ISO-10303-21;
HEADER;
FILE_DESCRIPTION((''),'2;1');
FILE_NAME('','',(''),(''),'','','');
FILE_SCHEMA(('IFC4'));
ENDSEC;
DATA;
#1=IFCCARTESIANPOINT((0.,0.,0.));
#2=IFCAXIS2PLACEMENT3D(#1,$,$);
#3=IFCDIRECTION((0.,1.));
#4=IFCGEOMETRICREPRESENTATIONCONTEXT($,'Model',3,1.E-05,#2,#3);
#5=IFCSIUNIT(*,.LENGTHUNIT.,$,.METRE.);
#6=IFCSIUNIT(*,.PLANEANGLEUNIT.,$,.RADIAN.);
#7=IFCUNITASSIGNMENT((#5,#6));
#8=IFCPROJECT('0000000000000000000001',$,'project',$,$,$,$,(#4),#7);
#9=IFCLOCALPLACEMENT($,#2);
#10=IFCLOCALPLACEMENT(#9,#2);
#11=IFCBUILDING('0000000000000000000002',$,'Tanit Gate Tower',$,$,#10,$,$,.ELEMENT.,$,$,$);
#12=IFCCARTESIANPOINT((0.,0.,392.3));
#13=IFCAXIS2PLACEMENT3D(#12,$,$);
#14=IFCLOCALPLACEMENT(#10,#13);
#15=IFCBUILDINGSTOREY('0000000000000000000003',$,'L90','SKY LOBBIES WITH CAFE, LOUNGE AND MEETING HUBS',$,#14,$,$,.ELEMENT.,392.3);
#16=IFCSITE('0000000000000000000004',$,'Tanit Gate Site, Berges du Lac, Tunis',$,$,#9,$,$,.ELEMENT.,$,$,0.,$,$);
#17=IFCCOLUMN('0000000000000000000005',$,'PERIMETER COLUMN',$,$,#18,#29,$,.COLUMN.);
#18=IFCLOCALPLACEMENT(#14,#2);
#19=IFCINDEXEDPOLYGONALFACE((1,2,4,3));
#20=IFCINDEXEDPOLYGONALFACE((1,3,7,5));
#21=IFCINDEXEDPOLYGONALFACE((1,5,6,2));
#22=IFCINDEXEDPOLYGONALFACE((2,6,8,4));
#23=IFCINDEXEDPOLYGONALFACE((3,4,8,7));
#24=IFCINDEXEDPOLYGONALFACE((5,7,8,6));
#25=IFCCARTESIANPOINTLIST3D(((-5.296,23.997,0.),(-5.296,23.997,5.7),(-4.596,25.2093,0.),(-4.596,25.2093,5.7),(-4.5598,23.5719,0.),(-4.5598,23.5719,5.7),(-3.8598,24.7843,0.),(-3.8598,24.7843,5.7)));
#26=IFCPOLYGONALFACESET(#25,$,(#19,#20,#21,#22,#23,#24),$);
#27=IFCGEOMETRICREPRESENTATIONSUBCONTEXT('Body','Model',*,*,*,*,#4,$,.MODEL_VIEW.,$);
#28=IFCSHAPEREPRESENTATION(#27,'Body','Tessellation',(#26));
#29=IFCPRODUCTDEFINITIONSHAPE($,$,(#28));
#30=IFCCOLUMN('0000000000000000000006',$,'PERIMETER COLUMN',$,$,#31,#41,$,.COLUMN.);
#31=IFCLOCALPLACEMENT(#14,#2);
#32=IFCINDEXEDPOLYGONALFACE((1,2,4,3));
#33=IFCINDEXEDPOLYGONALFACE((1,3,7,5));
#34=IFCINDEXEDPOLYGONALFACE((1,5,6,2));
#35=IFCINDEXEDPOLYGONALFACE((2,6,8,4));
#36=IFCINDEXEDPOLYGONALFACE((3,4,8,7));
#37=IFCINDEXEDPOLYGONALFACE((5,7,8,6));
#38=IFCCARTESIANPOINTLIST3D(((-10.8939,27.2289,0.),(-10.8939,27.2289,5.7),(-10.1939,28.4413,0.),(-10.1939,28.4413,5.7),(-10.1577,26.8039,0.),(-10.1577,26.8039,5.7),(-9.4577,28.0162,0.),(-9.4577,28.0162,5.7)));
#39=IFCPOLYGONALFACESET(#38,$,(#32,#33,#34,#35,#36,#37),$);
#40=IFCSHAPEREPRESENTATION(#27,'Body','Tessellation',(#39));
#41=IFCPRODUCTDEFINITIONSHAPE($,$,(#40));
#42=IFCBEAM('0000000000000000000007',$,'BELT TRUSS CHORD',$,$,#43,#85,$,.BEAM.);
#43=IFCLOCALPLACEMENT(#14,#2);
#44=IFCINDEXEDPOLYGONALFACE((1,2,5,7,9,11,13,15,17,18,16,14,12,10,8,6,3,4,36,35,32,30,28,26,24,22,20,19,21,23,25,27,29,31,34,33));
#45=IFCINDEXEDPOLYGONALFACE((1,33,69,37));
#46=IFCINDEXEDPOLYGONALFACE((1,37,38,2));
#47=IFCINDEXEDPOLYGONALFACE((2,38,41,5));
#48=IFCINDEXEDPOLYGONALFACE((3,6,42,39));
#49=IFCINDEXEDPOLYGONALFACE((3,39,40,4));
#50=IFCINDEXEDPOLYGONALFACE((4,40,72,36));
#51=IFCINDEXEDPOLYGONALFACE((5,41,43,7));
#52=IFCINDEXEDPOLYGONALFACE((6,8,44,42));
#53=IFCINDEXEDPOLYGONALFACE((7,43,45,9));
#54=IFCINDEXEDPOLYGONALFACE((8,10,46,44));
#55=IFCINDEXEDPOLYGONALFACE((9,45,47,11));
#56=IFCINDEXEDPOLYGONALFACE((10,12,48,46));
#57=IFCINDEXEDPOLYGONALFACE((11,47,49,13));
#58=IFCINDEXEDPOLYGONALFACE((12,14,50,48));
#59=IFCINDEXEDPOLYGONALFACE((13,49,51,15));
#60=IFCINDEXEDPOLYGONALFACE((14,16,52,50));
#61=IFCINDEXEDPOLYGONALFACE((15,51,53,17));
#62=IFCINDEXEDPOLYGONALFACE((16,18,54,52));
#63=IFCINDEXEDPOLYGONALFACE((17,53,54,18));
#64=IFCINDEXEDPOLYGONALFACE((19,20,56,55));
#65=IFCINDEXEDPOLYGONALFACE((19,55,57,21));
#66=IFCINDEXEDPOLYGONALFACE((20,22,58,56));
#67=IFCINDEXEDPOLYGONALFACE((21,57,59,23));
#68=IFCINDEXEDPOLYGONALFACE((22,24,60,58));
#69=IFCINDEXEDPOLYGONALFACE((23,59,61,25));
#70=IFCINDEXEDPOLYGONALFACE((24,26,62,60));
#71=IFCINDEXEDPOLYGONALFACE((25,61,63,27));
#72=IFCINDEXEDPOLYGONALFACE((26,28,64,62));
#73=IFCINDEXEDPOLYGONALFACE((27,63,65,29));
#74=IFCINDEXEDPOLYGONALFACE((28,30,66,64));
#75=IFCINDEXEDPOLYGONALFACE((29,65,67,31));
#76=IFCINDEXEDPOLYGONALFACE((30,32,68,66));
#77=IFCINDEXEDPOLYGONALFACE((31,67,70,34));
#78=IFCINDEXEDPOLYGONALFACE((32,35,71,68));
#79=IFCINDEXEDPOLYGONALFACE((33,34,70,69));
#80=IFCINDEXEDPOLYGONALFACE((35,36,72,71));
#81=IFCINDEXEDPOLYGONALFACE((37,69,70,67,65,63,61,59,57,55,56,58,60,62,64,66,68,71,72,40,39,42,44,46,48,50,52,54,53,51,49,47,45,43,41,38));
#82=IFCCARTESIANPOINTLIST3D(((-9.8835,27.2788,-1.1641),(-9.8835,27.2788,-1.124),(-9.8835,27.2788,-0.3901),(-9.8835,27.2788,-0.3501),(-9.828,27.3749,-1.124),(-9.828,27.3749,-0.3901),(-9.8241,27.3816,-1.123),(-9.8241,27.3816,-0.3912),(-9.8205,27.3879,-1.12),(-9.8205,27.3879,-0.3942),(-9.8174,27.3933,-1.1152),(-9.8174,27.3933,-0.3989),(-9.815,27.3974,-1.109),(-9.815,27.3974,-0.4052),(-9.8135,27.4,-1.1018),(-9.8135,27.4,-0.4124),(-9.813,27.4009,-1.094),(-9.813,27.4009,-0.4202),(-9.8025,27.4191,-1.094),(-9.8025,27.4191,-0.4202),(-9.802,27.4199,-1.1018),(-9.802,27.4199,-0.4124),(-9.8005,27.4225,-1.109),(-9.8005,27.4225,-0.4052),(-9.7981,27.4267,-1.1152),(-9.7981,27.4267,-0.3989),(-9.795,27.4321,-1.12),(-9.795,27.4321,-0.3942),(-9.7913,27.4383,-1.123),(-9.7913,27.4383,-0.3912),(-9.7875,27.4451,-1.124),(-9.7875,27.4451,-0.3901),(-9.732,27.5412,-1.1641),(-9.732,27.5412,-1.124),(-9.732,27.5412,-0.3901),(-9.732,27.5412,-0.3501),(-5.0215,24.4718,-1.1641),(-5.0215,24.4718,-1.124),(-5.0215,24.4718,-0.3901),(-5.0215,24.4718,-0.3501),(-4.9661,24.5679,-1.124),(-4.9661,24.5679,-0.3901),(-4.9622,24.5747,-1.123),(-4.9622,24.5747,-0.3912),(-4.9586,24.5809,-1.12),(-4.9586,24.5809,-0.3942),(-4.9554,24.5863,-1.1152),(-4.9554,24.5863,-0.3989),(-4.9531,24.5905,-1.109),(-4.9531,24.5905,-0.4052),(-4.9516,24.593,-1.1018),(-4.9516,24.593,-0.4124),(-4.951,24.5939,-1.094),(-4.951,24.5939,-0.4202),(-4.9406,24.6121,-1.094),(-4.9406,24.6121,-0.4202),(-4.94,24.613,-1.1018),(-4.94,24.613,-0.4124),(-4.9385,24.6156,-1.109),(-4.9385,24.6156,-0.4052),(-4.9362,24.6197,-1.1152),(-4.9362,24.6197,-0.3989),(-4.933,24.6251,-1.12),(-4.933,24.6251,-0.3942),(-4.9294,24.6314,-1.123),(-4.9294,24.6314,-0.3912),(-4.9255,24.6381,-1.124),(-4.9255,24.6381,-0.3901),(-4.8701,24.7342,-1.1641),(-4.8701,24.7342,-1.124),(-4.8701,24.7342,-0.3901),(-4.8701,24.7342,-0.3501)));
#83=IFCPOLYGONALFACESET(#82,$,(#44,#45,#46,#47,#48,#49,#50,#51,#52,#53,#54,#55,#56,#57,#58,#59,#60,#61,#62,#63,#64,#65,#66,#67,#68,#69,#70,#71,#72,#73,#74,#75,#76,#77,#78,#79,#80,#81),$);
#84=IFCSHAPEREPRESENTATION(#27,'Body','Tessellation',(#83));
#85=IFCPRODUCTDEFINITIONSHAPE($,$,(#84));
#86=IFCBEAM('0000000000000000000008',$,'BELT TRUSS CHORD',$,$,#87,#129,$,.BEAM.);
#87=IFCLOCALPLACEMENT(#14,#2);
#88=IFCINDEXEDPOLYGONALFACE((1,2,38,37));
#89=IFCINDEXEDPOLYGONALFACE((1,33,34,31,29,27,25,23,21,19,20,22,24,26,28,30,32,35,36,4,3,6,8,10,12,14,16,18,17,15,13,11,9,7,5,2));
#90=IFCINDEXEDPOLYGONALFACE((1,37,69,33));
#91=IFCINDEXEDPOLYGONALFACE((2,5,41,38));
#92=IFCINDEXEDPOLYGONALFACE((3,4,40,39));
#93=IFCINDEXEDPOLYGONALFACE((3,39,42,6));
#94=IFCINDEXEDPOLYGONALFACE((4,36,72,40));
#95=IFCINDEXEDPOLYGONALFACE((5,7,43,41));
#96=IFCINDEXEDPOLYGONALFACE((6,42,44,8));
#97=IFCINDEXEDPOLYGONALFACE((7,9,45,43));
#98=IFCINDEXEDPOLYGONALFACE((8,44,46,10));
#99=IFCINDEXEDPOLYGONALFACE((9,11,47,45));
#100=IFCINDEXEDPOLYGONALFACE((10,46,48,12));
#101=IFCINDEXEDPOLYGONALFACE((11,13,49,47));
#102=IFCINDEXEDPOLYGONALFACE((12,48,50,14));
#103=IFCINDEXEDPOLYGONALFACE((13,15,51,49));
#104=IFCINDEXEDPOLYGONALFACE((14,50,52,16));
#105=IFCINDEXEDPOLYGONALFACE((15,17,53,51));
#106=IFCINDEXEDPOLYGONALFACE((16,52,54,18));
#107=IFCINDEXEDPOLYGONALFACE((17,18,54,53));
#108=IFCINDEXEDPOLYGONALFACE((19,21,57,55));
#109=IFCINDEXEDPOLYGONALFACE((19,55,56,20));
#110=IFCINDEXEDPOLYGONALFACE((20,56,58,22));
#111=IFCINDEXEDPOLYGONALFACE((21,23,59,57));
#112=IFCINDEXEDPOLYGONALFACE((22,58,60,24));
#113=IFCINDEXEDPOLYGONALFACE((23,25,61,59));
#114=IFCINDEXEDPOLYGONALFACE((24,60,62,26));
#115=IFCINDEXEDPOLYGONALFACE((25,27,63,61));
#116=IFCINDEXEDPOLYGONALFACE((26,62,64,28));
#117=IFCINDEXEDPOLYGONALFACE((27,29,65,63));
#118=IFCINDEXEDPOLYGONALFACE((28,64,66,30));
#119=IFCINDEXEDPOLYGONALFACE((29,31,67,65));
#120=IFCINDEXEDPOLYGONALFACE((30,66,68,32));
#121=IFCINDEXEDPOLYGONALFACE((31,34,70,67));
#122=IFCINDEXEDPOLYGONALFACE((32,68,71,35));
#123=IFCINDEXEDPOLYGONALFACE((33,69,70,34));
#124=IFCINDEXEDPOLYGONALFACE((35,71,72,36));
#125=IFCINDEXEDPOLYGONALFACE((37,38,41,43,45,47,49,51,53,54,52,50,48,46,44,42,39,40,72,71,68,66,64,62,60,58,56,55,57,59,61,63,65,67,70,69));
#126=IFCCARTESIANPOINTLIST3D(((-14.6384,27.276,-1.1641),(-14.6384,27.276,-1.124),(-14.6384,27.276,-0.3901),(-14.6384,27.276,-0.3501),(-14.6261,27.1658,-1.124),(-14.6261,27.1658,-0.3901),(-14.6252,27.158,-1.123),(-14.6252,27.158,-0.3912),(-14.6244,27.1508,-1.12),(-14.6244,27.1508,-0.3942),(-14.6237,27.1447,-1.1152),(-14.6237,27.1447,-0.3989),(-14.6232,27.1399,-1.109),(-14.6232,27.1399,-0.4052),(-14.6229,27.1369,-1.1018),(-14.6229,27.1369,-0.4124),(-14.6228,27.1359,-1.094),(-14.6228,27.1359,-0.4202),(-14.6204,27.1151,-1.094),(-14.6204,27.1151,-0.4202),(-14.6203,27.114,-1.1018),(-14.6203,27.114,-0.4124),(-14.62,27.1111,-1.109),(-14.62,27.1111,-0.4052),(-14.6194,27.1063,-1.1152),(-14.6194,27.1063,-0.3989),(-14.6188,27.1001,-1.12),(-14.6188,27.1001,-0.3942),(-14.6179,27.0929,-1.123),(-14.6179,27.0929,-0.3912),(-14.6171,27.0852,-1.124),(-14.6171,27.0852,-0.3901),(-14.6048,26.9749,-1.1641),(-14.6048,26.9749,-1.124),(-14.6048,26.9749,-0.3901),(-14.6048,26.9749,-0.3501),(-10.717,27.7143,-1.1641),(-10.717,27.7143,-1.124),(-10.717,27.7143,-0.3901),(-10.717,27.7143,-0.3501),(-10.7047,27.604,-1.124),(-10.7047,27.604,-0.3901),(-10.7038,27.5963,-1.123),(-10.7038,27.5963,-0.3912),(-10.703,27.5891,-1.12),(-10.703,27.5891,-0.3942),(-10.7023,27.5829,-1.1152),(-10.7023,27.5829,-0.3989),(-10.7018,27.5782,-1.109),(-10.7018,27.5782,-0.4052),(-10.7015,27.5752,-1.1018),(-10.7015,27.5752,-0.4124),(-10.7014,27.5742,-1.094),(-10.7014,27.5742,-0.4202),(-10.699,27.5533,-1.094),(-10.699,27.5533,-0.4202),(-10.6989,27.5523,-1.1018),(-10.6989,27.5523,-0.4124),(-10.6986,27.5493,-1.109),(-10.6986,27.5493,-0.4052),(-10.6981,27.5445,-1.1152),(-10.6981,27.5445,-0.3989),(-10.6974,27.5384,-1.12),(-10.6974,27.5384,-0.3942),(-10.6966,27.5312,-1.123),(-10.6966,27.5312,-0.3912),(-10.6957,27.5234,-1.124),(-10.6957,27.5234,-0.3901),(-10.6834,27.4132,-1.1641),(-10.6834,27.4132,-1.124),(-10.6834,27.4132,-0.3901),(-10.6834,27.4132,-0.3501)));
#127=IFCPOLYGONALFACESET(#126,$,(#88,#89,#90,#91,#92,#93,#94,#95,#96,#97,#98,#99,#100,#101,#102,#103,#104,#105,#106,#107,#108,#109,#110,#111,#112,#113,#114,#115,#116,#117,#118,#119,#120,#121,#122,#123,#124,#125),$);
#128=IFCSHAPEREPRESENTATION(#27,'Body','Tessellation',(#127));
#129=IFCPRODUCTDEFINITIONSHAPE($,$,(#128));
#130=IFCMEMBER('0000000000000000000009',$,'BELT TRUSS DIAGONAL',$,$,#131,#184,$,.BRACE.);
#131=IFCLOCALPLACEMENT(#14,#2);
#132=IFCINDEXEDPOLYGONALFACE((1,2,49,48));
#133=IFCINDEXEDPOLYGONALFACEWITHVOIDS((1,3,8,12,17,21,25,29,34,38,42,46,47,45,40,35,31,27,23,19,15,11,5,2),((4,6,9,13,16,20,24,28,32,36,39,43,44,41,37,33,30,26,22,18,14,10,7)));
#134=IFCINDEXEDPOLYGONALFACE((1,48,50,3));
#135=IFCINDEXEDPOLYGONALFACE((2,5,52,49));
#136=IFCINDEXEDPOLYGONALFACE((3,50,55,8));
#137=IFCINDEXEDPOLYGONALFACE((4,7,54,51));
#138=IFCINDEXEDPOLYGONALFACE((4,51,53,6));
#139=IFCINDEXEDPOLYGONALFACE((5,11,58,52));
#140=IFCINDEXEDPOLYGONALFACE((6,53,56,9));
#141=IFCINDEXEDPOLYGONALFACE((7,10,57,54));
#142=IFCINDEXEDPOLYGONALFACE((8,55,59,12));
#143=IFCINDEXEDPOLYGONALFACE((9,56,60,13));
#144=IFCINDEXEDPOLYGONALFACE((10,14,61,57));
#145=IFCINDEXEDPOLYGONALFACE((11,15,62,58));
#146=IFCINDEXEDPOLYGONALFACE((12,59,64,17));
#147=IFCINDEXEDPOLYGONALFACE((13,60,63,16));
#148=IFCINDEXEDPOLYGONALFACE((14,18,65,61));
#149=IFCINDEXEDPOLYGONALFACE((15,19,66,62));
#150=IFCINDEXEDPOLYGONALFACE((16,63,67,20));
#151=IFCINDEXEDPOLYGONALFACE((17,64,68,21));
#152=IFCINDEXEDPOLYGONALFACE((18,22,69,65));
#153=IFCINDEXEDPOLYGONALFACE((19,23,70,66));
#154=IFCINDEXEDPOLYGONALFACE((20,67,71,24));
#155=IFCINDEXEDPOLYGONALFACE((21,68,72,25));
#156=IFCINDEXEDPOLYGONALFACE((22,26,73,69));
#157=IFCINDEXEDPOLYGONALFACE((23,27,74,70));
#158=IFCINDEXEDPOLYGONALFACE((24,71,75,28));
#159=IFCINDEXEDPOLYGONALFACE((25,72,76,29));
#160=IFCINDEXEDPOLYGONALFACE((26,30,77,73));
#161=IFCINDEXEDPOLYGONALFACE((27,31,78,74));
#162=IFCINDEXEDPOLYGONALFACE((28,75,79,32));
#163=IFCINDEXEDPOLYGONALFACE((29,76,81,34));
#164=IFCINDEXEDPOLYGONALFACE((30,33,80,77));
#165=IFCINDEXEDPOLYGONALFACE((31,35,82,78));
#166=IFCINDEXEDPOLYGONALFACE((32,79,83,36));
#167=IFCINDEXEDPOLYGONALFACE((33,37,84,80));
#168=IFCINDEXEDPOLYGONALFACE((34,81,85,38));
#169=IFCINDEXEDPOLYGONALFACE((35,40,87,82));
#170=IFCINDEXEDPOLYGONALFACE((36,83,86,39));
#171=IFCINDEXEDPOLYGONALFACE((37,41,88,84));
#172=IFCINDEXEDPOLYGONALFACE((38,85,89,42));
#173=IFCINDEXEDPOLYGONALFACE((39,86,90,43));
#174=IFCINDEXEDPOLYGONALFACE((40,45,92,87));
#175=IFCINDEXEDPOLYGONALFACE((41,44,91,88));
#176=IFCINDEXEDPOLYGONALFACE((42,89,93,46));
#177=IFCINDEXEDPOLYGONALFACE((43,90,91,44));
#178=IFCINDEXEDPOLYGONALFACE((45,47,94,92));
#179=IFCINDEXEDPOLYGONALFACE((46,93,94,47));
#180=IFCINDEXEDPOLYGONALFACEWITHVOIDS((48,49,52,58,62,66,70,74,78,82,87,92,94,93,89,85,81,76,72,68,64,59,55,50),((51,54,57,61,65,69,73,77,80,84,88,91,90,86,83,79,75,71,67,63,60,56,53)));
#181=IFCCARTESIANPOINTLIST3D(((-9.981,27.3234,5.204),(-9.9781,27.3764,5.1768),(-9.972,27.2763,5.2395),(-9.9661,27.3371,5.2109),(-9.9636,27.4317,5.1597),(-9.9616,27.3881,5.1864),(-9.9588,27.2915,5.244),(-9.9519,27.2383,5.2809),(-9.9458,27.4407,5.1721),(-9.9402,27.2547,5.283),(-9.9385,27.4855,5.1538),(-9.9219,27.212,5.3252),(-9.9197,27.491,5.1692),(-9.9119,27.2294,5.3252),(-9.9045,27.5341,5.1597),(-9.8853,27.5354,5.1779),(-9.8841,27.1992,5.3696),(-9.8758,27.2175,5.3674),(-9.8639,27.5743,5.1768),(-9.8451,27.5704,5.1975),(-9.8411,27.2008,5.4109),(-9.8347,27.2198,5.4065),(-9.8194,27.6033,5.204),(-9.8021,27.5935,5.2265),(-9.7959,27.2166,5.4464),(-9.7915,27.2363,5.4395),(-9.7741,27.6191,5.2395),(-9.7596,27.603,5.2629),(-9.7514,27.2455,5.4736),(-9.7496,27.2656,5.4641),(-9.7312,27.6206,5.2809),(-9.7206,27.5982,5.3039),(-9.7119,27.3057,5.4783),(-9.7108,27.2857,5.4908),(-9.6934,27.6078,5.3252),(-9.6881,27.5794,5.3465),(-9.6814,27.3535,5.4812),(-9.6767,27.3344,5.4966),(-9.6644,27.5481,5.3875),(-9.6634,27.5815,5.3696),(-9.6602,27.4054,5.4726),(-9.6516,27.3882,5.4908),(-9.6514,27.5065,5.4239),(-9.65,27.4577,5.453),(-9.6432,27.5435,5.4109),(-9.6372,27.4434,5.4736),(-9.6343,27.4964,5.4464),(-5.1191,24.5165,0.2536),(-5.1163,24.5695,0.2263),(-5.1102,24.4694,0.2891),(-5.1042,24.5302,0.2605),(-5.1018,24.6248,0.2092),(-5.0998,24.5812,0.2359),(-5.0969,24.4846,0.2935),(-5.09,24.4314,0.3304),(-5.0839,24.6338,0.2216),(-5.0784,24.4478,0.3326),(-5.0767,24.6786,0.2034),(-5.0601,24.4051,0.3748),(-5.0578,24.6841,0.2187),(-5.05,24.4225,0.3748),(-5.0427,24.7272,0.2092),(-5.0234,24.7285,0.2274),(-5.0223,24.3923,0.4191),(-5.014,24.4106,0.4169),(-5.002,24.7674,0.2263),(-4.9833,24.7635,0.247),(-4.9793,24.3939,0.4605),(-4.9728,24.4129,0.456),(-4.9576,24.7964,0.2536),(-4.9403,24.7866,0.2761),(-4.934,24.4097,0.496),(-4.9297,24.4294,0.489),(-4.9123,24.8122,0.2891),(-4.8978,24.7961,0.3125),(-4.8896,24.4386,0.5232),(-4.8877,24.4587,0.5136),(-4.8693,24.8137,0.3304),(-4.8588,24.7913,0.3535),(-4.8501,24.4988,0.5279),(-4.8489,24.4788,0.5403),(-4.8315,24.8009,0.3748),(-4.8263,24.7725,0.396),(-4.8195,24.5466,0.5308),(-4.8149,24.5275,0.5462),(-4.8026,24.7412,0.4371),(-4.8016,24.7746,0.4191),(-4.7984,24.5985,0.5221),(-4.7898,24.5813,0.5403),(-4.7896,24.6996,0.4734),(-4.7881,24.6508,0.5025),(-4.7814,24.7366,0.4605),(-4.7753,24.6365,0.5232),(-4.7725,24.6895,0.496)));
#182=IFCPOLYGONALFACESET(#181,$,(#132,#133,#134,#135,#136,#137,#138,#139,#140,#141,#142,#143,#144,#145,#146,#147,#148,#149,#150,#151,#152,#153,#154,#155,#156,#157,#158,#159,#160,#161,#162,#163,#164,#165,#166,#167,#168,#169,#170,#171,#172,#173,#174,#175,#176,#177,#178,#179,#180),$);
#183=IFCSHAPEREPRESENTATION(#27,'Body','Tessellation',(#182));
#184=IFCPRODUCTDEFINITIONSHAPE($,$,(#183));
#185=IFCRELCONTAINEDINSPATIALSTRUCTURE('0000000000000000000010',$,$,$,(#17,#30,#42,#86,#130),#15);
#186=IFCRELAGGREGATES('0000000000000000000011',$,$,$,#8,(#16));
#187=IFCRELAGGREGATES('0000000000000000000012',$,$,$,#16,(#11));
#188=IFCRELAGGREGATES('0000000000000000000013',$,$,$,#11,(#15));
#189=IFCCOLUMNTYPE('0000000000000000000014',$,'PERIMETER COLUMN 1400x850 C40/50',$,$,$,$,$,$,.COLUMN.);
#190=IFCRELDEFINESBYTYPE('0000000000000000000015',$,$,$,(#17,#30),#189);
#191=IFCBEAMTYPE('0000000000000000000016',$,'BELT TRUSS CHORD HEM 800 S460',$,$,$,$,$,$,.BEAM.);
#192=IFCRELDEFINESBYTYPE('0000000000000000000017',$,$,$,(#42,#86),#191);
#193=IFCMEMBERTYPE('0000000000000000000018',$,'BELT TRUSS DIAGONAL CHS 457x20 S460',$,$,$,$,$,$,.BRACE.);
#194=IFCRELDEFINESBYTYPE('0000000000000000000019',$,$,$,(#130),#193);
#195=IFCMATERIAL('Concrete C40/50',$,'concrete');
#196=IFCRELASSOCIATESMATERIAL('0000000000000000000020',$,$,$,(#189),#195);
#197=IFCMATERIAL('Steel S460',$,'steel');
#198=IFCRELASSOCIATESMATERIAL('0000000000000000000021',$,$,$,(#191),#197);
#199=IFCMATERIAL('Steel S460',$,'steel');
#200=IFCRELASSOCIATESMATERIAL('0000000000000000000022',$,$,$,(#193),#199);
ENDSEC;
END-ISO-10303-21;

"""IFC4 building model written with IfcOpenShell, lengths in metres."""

from ifc_helpers import new_model, si_unit, direction, frame, origin, origin_2d, place, context, subcontext, project, spatial, rectangle, hollow_circle, i_section, extrude, material, material_profile, profile_set, type_object, element, save


model = new_model("IFC4")

# Units and contexts
model_context = context("Model", 3, precision=1e-05, world=origin(), true_north=direction((0.0, 1.0)))
body_context = subcontext(model_context, "Body", "Model", "MODEL_VIEW")
ifc_project = project(units=[si_unit("LENGTHUNIT", "METRE"), si_unit("PLANEANGLEUNIT", "RADIAN")], contexts=[model_context])

# Site, building, storey
site_placement = place(None, origin())
site = spatial("IfcSite", under=ifc_project, at=site_placement, Name="Tanit Gate Site, Berges du Lac, Tunis", CompositionType="ELEMENT", RefElevation=0.0)
building_placement = place(site_placement, origin())
building = spatial("IfcBuilding", under=site, at=building_placement, Name="Tanit Gate Tower", CompositionType="ELEMENT")
storey_placement = place(building_placement, frame((0.0, 0.0, 392.3)))
storey = spatial("IfcBuildingStorey", under=building, at=storey_placement, Name="L90", Description="SKY LOBBIES WITH CAFE, LOUNGE AND MEETING HUBS", CompositionType="ELEMENT", Elevation=392.3)

# Columns
ifc_material_1 = material(Name="Concrete C40/50", Category="concrete")
ifc_material_profile_1 = material_profile(ifc_material_1, rectangle(XDim=1.3999, YDim=0.8501, at=origin_2d()), Name="RC 1400x850")
ifc_profile_set_1 = profile_set([ifc_material_profile_1], Name="Concrete C40/50")
column_type = type_object("IfcColumnType", Name="PERIMETER COLUMN 1400x850 C40/50", PredefinedType="COLUMN", material=ifc_profile_set_1)
for number, where, z_axis, x_axis, name in (
    (1, (-4.5779, 24.3906, 0.0), (0.0, 0.0, 1.0), (0.5, 0.866025, 0.0), "PERIMETER COLUMN"),
    (2, (-10.1758, 27.6226, 0.0), (0.0, 0.0, 1.0), (0.5, 0.866025, 0.0), "PERIMETER COLUMN"),
):
    element("IfcColumn", number, at=place(storey_placement, frame(where, z_axis=z_axis, x_axis=x_axis)), inside=storey, type_object=column_type, Name=name, PredefinedType="COLUMN", context=body_context, shape_type="SweptSolid", body=[
        extrude(rectangle(XDim=1.3999, YDim=0.8501, at=origin_2d()), origin(), (0.0, 0.0, 1.0), 5.7),
    ])

# Beams
ifc_material_2 = material(Name="Steel S460", Category="steel")
ifc_material_profile_2 = material_profile(ifc_material_2, i_section(OverallWidth=0.303, OverallDepth=0.814, WebThickness=0.021, FlangeThickness=0.04, FilletRadius=0.03, at=origin_2d()), Name="HEM 800")
ifc_profile_set_2 = profile_set([ifc_material_profile_2], Name="Steel S460")
beam_type_1 = type_object("IfcBeamType", Name="BELT TRUSS CHORD HEM 800 S460", PredefinedType="BEAM", material=ifc_profile_set_2)
beam_1_placement = place(storey_placement, frame((-4.9458, 24.603, -0.7571), z_axis=(-0.866032, 0.499988, 0.0), x_axis=(-0.499988, -0.866032, 0.0)))
element("IfcBeam", 3, at=beam_1_placement, inside=storey, type_object=beam_type_1, Name="BELT TRUSS CHORD", PredefinedType="BEAM", context=body_context, shape_type="SweptSolid", body=[
    extrude(i_section(OverallWidth=0.303, OverallDepth=0.814, WebThickness=0.021, FlangeThickness=0.04, FilletRadius=0.03, at=origin_2d()), origin(), (0.0, 0.0, 1.0), 5.614),
])
beam_2_placement = place(storey_placement, frame((-10.7002, 27.5637, -0.7571), z_axis=(-0.993813, -0.111063, 0.0), x_axis=(0.111063, -0.993813, 0.0)))
element("IfcBeam", 4, at=beam_2_placement, inside=storey, type_object=beam_type_1, Name="BELT TRUSS CHORD", PredefinedType="BEAM", context=body_context, shape_type="SweptSolid", body=[
    extrude(i_section(OverallWidth=0.303, OverallDepth=0.814, WebThickness=0.021, FlangeThickness=0.04, FilletRadius=0.03, at=origin_2d()), origin(), (0.0, 0.0, 1.0), 3.9458),
])

# Member
ifc_material_3 = material(Name="Steel S460", Category="steel")
ifc_material_profile_3 = material_profile(ifc_material_3, hollow_circle(Radius=0.2285, WallThickness=0.02, at=origin_2d()), Name="CHS 457x20")
ifc_profile_set_3 = profile_set([ifc_material_profile_3], Name="Steel S460")
member_type_1 = type_object("IfcMemberType", Name="BELT TRUSS DIAGONAL CHS 457x20 S460", PredefinedType="BRACE", material=ifc_profile_set_3)
member_1_placement = place(storey_placement, frame((-4.9458, 24.603, 0.3748), z_axis=(-0.649556, 0.37501, 0.661396), x_axis=(-0.499988, -0.866032, 0.0)))
element("IfcMember", 5, at=member_1_placement, inside=storey, type_object=member_type_1, Name="BELT TRUSS DIAGONAL", PredefinedType="BRACE", context=body_context, shape_type="SweptSolid", body=[
    extrude(hollow_circle(Radius=0.2285, WallThickness=0.02, at=origin_2d()), origin(), (0.0, 0.0, 1.0), 7.4849),
])

save(model, "model.ifc")
